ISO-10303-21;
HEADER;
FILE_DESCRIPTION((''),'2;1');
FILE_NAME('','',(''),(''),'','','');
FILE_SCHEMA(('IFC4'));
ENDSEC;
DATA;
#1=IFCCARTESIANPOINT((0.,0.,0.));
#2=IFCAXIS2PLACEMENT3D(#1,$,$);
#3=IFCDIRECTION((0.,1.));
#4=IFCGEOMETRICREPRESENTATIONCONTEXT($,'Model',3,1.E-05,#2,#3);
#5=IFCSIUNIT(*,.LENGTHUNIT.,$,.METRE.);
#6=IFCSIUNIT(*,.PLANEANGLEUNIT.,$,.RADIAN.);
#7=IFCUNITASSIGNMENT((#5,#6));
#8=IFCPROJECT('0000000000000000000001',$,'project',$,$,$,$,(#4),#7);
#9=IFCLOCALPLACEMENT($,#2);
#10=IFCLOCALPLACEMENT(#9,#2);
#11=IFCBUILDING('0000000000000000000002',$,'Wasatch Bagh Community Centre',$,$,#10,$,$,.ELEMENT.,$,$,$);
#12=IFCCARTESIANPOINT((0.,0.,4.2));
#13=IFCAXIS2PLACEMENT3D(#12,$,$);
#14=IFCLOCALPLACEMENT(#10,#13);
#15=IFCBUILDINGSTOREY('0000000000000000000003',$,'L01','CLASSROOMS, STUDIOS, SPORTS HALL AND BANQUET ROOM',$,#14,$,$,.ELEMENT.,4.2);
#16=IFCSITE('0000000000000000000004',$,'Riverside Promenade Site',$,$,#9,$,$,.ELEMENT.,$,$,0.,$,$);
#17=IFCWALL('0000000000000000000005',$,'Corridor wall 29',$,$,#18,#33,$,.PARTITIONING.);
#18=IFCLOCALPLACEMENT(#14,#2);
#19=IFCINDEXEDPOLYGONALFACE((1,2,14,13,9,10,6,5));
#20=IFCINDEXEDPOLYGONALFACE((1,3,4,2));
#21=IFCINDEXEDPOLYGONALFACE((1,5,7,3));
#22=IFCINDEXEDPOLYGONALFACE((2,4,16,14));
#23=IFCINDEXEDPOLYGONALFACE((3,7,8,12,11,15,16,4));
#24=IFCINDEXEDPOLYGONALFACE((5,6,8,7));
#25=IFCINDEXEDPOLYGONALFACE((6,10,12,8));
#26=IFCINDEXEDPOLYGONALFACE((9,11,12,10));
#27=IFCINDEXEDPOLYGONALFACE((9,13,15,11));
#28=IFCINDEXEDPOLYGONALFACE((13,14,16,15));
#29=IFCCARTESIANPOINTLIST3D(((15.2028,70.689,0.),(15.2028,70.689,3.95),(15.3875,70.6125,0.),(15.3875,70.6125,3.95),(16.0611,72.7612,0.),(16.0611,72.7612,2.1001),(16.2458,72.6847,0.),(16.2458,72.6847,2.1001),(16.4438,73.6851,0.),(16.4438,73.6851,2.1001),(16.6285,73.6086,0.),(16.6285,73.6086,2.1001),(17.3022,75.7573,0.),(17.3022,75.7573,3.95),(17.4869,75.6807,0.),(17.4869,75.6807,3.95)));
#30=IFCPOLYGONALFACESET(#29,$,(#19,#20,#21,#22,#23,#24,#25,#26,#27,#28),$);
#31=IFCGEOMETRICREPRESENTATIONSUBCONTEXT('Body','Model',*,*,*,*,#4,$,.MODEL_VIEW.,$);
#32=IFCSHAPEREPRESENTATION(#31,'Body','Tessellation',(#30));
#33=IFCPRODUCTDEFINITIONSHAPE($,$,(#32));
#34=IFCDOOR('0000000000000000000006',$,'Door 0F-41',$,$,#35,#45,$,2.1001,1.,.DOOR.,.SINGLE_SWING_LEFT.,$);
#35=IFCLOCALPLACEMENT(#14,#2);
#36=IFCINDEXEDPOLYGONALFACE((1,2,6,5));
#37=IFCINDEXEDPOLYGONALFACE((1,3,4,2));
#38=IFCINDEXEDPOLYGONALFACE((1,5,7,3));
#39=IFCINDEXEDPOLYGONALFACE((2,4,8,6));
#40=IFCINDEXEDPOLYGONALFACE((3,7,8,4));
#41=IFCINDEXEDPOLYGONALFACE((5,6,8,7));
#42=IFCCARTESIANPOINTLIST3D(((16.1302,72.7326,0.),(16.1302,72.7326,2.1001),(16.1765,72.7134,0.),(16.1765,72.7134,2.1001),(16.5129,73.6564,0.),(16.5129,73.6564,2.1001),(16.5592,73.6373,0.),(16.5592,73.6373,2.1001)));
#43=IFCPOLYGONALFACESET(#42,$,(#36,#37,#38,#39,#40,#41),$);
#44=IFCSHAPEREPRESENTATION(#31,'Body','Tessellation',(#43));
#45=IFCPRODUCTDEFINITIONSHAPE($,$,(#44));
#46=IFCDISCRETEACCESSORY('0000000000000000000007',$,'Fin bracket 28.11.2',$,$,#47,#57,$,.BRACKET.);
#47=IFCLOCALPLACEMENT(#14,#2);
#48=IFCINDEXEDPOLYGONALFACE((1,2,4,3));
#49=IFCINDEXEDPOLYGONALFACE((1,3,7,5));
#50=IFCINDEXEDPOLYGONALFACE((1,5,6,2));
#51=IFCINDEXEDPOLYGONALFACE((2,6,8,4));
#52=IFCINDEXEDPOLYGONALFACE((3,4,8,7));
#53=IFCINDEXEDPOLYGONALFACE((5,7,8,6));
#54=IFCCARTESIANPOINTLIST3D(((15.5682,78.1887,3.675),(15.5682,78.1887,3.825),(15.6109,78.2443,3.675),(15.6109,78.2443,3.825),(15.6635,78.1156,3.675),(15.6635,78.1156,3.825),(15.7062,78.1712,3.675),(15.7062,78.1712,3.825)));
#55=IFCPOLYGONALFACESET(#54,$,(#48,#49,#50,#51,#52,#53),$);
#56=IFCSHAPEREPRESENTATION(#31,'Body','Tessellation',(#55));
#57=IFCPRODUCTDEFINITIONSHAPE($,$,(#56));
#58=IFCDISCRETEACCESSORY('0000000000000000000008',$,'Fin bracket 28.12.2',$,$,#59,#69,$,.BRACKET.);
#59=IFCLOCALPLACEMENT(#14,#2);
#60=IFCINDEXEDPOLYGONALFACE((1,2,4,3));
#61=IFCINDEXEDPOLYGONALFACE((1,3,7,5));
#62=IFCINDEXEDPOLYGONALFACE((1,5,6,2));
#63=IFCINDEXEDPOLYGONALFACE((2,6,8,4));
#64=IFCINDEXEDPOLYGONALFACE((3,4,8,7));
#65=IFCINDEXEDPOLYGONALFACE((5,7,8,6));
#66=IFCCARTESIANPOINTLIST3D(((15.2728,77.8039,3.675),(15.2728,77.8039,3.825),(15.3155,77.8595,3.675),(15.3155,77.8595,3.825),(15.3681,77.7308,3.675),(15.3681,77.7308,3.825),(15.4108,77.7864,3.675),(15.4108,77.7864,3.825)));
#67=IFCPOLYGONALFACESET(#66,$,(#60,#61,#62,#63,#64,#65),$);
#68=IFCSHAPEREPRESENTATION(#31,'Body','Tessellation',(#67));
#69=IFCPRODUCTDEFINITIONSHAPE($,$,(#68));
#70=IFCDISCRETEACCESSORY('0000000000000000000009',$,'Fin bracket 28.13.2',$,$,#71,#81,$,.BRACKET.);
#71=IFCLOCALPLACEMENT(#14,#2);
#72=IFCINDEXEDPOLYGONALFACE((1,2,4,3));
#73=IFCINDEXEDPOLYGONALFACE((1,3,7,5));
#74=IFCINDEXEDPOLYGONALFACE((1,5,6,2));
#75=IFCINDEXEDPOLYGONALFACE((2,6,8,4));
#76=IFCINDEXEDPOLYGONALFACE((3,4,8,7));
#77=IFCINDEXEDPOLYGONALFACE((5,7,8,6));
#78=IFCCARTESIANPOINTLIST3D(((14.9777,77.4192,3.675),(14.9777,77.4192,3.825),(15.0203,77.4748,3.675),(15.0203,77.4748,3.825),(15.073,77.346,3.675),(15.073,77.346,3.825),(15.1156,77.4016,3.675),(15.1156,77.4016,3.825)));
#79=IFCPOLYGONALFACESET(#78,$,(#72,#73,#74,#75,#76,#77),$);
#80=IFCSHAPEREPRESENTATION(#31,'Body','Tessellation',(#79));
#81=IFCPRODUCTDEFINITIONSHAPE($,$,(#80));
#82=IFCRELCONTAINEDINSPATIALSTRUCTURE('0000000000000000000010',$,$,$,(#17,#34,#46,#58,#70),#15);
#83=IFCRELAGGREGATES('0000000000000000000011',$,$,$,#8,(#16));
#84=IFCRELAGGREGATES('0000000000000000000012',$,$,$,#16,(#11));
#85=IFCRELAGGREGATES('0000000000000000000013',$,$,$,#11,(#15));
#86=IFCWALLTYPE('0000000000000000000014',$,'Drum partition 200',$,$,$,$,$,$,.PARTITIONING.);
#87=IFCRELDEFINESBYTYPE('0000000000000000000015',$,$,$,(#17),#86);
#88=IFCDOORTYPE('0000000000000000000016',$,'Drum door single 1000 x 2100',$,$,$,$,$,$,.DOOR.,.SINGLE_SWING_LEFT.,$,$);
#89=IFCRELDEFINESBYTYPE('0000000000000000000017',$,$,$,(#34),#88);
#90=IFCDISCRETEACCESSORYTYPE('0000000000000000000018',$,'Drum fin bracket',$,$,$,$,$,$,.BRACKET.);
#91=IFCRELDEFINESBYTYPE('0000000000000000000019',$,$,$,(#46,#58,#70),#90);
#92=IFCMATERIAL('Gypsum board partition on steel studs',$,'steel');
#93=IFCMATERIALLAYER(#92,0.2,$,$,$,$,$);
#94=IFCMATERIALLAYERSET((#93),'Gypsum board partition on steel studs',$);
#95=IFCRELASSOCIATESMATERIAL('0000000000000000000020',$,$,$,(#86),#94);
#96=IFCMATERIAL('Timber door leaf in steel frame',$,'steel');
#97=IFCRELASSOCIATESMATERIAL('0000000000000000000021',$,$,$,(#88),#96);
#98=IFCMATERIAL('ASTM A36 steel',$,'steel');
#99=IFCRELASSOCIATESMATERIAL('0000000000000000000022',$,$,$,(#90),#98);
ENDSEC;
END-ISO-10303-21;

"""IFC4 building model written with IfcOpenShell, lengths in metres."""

from ifc_helpers import new_model, si_unit, direction, frame, frame_2d, origin, origin_2d, place, context, subcontext, project, spatial, rectangle, extrude, material, layer, layer_set, type_object, element, fill, save


model = new_model("IFC4")

# Units and contexts
model_context = context("Model", 3, precision=1e-05, world=origin(), true_north=direction((0.0, 1.0)))
body_context = subcontext(model_context, "Body", "Model", "MODEL_VIEW")
ifc_project = project(units=[si_unit("LENGTHUNIT", "METRE"), si_unit("PLANEANGLEUNIT", "RADIAN")], contexts=[model_context])

# Site, building, storey
site_placement = place(None, origin())
site = spatial("IfcSite", under=ifc_project, at=site_placement, Name="Riverside Promenade Site", CompositionType="ELEMENT", RefElevation=0.0)
building_placement = place(site_placement, origin())
building = spatial("IfcBuilding", under=site, at=building_placement, Name="Wasatch Bagh Community Centre", CompositionType="ELEMENT")
storey_placement = place(building_placement, frame((0.0, 0.0, 4.2)))
storey = spatial("IfcBuildingStorey", under=building, at=storey_placement, Name="L01", Description="CLASSROOMS, STUDIOS, SPORTS HALL AND BANQUET ROOM", CompositionType="ELEMENT", Elevation=4.2)

# Shared definitions
ifc_material_1 = material(Name="Gypsum board partition on steel studs", Category="steel")
ifc_layer_1 = layer(ifc_material_1, 0.2)
ifc_layer_set_1 = layer_set([ifc_layer_1], Name="Gypsum board partition on steel studs")
wall_type_1 = type_object("IfcWallType", Name="Drum partition 200", PredefinedType="PARTITIONING", material=ifc_layer_set_1)

# Wall, opening, door
wall_1_placement = place(storey_placement, frame((17.3945, 75.719, 0.0), z_axis=(0.0, 0.0, 1.0), x_axis=(-0.382696, -0.923874, 0.0)))
wall_1 = element("IfcWall", 1, at=wall_1_placement, inside=storey, type_object=wall_type_1, Name="Corridor wall 29", PredefinedType="PARTITIONING", context=body_context, shape_type="SweptSolid", body=[
    extrude(rectangle(XDim=5.4858, YDim=0.2, at=frame_2d((2.7429, 0.0))), origin(), (0.0, 0.0, 1.0), 3.95),
])
opening_placement = place(wall_1_placement, frame((2.2429, 0.0, 0.0)))
opening = element("IfcOpeningElement", 2, at=opening_placement, cuts=wall_1, PredefinedType="OPENING", context=body_context, shape_type="SweptSolid", body=[
    extrude(rectangle(XDim=1.0, YDim=2.1001, at=frame_2d((0.5, 1.05))), frame((0.0, 0.1099, 0.0), z_axis=(0.0, -1.0, 0.0), x_axis=(1.0, 0.0, 0.0)), (0.0, 0.0, 1.0), 0.22),
])
ifc_material_2 = material(Name="Timber door leaf in steel frame", Category="steel")
door_type = type_object("IfcDoorType", Name="Drum door single 1000 x 2100", OperationType="SINGLE_SWING_LEFT", PredefinedType="DOOR", material=ifc_material_2)
door_placement = place(opening_placement, origin())
door = element("IfcDoor", 3, at=door_placement, inside=storey, type_object=door_type, Name="Door 0F-41", OperationType="SINGLE_SWING_LEFT", OverallHeight=2.1001, OverallWidth=1.0, PredefinedType="DOOR", context=body_context, shape_type="SweptSolid", body=[
    extrude(rectangle(XDim=1.0, YDim=2.1001, at=frame_2d((0.5, 1.05))), frame((0.0, 0.0249, 0.0), z_axis=(0.0, -1.0, 0.0), x_axis=(1.0, 0.0, 0.0)), (0.0, 0.0, 1.0), 0.05),
])
fill(opening, door)

# Discrete accessories
ifc_material_3 = material(Name="ASTM A36 steel", Category="steel")
discrete_accessory_type = type_object("IfcDiscreteAccessoryType", Name="Drum fin bracket", PredefinedType="BRACKET", material=ifc_material_3)
for number, where, z_axis, x_axis, name in (
    (4, (15.6372, 78.1799, 3.675), (0.0, 0.0, 1.0), (-0.608761, -0.793353, 0.0), "Fin bracket 28.11.2"),
    (5, (15.3418, 77.7952, 3.675), (0.0, 0.0, 1.0), (-0.608761, -0.793353, 0.0), "Fin bracket 28.12.2"),
    (6, (15.0466, 77.4104, 3.675), (0.0, 0.0, 1.0), (-0.608761, -0.793353, 0.0), "Fin bracket 28.13.2"),
):
    element("IfcDiscreteAccessory", number, at=place(storey_placement, frame(where, z_axis=z_axis, x_axis=x_axis)), inside=storey, type_object=discrete_accessory_type, Name=name, PredefinedType="BRACKET", context=body_context, shape_type="SweptSolid", body=[
        extrude(rectangle(XDim=0.0701, YDim=0.1201, at=origin_2d()), origin(), (0.0, 0.0, 1.0), 0.1499),
    ])

save(model, "model.ifc")
